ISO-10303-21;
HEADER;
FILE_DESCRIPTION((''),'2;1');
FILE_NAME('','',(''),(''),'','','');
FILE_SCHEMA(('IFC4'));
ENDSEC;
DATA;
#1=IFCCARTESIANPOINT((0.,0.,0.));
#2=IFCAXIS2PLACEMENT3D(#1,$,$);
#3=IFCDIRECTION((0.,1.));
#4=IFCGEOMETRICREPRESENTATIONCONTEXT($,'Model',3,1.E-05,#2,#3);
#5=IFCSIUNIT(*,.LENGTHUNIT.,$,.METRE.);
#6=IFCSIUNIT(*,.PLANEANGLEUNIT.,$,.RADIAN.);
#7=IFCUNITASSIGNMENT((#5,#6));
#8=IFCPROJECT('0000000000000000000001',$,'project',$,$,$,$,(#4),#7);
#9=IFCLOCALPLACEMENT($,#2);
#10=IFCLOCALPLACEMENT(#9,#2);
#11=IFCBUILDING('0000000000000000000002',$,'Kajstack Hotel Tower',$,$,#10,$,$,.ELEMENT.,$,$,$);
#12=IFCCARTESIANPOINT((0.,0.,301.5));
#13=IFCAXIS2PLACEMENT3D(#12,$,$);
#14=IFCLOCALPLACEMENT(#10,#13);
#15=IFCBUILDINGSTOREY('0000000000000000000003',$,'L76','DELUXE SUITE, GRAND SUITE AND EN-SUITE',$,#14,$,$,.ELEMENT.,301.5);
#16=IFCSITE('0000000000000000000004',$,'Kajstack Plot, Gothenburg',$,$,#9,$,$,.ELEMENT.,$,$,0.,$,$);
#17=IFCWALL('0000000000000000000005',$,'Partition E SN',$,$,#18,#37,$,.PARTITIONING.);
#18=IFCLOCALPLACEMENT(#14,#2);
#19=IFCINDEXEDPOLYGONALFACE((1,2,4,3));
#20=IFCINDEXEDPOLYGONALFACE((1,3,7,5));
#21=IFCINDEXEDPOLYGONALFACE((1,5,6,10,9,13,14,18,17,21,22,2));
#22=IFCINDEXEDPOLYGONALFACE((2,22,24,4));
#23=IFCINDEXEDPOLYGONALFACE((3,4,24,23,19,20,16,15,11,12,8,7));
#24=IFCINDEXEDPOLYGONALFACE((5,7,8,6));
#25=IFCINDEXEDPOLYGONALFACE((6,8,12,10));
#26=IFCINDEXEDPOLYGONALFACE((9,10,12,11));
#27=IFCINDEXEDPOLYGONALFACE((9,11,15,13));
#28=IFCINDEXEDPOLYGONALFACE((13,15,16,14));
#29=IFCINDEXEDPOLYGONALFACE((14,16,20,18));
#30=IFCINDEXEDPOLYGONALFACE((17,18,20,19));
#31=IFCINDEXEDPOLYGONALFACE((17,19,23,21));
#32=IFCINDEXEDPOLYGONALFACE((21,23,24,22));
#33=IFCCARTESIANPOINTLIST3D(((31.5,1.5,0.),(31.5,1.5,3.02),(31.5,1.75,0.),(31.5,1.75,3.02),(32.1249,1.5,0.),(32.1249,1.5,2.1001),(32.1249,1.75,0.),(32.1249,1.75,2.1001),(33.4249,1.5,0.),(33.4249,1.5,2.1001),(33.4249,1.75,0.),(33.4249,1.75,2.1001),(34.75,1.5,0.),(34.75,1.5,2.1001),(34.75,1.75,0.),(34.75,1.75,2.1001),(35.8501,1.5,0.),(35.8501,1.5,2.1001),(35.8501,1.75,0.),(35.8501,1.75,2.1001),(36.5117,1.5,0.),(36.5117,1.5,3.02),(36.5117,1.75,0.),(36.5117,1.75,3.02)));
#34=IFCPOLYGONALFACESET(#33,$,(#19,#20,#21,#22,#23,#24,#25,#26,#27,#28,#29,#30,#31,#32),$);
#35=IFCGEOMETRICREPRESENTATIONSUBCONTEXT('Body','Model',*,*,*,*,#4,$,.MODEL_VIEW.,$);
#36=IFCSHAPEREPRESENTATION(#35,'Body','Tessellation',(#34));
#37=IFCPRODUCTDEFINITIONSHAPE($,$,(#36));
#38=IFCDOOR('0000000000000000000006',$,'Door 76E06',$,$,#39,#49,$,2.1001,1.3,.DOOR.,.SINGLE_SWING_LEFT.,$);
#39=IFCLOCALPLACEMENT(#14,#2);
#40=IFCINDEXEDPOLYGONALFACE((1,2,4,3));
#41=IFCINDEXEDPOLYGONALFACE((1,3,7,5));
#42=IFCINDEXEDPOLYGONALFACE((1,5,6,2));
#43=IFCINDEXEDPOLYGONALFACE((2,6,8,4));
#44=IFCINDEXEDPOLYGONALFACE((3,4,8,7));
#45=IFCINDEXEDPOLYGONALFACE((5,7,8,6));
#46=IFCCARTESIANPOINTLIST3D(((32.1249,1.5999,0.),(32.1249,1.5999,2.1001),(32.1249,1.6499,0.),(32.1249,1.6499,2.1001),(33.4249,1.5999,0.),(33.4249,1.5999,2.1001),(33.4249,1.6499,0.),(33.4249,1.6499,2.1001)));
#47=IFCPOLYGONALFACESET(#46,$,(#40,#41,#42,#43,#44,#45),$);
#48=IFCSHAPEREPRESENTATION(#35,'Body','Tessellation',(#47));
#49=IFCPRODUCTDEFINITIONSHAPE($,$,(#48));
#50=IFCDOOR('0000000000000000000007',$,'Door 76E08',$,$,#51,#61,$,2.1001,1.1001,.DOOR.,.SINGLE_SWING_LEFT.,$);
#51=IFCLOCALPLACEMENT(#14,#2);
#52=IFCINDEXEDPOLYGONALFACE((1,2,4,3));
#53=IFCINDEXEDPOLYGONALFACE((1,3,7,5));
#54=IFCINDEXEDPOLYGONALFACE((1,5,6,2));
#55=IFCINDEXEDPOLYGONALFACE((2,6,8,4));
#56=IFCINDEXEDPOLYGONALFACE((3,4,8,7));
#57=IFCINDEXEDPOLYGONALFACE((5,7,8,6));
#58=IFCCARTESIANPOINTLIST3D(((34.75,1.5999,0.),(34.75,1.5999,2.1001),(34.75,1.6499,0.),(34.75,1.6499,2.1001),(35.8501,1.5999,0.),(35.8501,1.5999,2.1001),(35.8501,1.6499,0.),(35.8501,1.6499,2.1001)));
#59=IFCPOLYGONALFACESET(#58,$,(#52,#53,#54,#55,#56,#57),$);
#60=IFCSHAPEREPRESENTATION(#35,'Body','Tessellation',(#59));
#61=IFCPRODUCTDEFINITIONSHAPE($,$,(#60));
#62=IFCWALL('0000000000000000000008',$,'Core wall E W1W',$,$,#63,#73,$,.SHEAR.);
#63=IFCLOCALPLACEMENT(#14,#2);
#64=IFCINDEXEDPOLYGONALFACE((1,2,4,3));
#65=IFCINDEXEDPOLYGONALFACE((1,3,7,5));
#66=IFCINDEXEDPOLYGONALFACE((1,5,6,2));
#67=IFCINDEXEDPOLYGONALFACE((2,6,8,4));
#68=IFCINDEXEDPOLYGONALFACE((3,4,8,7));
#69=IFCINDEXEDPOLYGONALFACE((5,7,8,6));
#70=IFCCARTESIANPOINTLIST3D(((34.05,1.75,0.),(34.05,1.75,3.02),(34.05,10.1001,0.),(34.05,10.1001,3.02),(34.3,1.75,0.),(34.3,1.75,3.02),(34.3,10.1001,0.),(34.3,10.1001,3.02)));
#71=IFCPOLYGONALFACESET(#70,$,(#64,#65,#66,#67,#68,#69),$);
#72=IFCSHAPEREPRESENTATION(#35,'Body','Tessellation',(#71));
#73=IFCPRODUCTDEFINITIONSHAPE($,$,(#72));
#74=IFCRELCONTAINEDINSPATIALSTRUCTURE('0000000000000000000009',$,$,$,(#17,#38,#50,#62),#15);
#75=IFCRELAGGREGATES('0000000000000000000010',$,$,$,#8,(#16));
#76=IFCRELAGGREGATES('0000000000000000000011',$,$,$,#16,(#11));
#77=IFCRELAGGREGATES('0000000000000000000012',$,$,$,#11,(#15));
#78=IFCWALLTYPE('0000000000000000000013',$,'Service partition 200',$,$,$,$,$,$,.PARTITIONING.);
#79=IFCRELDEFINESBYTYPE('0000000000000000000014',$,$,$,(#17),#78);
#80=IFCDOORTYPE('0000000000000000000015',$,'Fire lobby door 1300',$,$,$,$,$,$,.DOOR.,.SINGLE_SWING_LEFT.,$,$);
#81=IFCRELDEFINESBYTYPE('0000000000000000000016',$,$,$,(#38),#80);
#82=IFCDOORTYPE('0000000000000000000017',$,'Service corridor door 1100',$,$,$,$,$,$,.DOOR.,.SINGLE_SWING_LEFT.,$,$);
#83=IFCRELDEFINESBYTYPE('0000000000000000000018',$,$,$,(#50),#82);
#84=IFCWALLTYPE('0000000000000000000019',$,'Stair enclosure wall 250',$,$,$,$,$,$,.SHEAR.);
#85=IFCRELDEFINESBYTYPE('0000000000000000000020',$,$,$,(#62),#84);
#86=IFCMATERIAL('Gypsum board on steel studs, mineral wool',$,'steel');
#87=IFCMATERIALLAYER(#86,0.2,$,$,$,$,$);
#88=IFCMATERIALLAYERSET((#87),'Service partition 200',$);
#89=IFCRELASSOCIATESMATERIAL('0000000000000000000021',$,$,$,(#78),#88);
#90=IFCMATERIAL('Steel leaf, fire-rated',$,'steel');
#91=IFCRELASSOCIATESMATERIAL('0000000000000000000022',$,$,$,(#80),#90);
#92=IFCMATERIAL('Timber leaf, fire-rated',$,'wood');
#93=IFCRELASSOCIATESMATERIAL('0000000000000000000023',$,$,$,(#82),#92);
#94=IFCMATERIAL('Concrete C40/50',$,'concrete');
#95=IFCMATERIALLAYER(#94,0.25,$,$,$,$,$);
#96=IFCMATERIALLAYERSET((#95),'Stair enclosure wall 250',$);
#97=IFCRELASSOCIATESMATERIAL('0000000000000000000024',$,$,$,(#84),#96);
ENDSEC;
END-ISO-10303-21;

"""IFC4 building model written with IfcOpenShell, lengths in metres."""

from ifc_helpers import new_model, si_unit, direction, frame, frame_2d, origin, place, context, subcontext, project, spatial, rectangle, extrude, material, layer, layer_set, type_object, element, fill, save


model = new_model("IFC4")

# Units and contexts
model_context = context("Model", 3, precision=1e-05, world=origin(), true_north=direction((0.0, 1.0)))
body_context = subcontext(model_context, "Body", "Model", "MODEL_VIEW")
ifc_project = project(units=[si_unit("LENGTHUNIT", "METRE"), si_unit("PLANEANGLEUNIT", "RADIAN")], contexts=[model_context])

# Site, building, storey
site_placement = place(None, origin())
site = spatial("IfcSite", under=ifc_project, at=site_placement, Name="Kajstack Plot, Gothenburg", CompositionType="ELEMENT", RefElevation=0.0)
building_placement = place(site_placement, origin())
building = spatial("IfcBuilding", under=site, at=building_placement, Name="Kajstack Hotel Tower", CompositionType="ELEMENT")
storey_placement = place(building_placement, frame((0.0, 0.0, 301.5)))
storey = spatial("IfcBuildingStorey", under=building, at=storey_placement, Name="L76", Description="DELUXE SUITE, GRAND SUITE AND EN-SUITE", CompositionType="ELEMENT", Elevation=301.5)

# Shared definitions
ifc_material_1 = material(Name="Concrete C40/50", Category="concrete")

# Wall, openings, doors
ifc_material_2 = material(Name="Gypsum board on steel studs, mineral wool", Category="steel")
ifc_layer_1 = layer(ifc_material_2, 0.2)
ifc_layer_set_1 = layer_set([ifc_layer_1], Name="Service partition 200")
wall_type_1 = type_object("IfcWallType", Name="Service partition 200", PredefinedType="PARTITIONING", material=ifc_layer_set_1)
wall_1_placement = place(storey_placement, frame((31.5, 1.625, 0.0), z_axis=(0.0, 0.0, 1.0), x_axis=(1.0, 0.0, 0.0)))
wall_1 = element("IfcWall", 1, at=wall_1_placement, inside=storey, type_object=wall_type_1, Name="Partition E SN", PredefinedType="PARTITIONING", context=body_context, shape_type="SweptSolid", body=[
    extrude(rectangle(XDim=5.0117, YDim=0.25, at=frame_2d((2.5059, 0.0))), origin(), (0.0, 0.0, 1.0), 3.02),
])
opening_1_placement = place(wall_1_placement, frame((0.625, 0.0, 0.0)))
opening_1 = element("IfcOpeningElement", 2, at=opening_1_placement, cuts=wall_1, PredefinedType="OPENING", context=body_context, shape_type="SweptSolid", body=[
    extrude(rectangle(XDim=1.3, YDim=2.1001, at=frame_2d((0.6499, 1.05))), frame((0.0, 0.135, 0.0), z_axis=(0.0, -1.0, 0.0), x_axis=(1.0, 0.0, 0.0)), (0.0, 0.0, 1.0), 0.27),
])
opening_2_placement = place(wall_1_placement, frame((3.25, 0.0, 0.0)))
opening_2 = element("IfcOpeningElement", 3, at=opening_2_placement, cuts=wall_1, PredefinedType="OPENING", context=body_context, shape_type="SweptSolid", body=[
    extrude(rectangle(XDim=1.1001, YDim=2.1001, at=frame_2d((0.55, 1.05))), frame((0.0, 0.135, 0.0), z_axis=(0.0, -1.0, 0.0), x_axis=(1.0, 0.0, 0.0)), (0.0, 0.0, 1.0), 0.27),
])
ifc_material_3 = material(Name="Steel leaf, fire-rated", Category="steel")
door_type_1 = type_object("IfcDoorType", Name="Fire lobby door 1300", OperationType="SINGLE_SWING_LEFT", PredefinedType="DOOR", material=ifc_material_3)
door_1_placement = place(opening_1_placement, origin())
door_1 = element("IfcDoor", 4, at=door_1_placement, inside=storey, type_object=door_type_1, Name="Door 76E06", OperationType="SINGLE_SWING_LEFT", OverallHeight=2.1001, OverallWidth=1.3, PredefinedType="DOOR", context=body_context, shape_type="SweptSolid", body=[
    extrude(rectangle(XDim=1.3, YDim=2.1001, at=frame_2d((0.6499, 1.05))), frame((0.0, 0.0249, 0.0), z_axis=(0.0, -1.0, 0.0), x_axis=(1.0, 0.0, 0.0)), (0.0, 0.0, 1.0), 0.05),
])
fill(opening_1, door_1)
ifc_material_4 = material(Name="Timber leaf, fire-rated", Category="wood")
door_type_2 = type_object("IfcDoorType", Name="Service corridor door 1100", OperationType="SINGLE_SWING_LEFT", PredefinedType="DOOR", material=ifc_material_4)
door_2_placement = place(opening_2_placement, origin())
door_2 = element("IfcDoor", 5, at=door_2_placement, inside=storey, type_object=door_type_2, Name="Door 76E08", OperationType="SINGLE_SWING_LEFT", OverallHeight=2.1001, OverallWidth=1.1001, PredefinedType="DOOR", context=body_context, shape_type="SweptSolid", body=[
    extrude(rectangle(XDim=1.1001, YDim=2.1001, at=frame_2d((0.55, 1.05))), frame((0.0, 0.0249, 0.0), z_axis=(0.0, -1.0, 0.0), x_axis=(1.0, 0.0, 0.0)), (0.0, 0.0, 1.0), 0.05),
])
fill(opening_2, door_2)

# Wall
ifc_layer_2 = layer(ifc_material_1, 0.25)
ifc_layer_set_2 = layer_set([ifc_layer_2], Name="Stair enclosure wall 250")
wall_type_2 = type_object("IfcWallType", Name="Stair enclosure wall 250", PredefinedType="SHEAR", material=ifc_layer_set_2)
wall_2_placement = place(storey_placement, frame((34.175, 1.75, 0.0), z_axis=(0.0, 0.0, 1.0), x_axis=(0.0, 1.0, 0.0)))
element("IfcWall", 6, at=wall_2_placement, inside=storey, type_object=wall_type_2, Name="Core wall E W1W", PredefinedType="SHEAR", context=body_context, shape_type="SweptSolid", body=[
    extrude(rectangle(XDim=8.3501, YDim=0.25, at=frame_2d((4.175, 0.0))), origin(), (0.0, 0.0, 1.0), 3.02),
])

save(model, "model.ifc")
